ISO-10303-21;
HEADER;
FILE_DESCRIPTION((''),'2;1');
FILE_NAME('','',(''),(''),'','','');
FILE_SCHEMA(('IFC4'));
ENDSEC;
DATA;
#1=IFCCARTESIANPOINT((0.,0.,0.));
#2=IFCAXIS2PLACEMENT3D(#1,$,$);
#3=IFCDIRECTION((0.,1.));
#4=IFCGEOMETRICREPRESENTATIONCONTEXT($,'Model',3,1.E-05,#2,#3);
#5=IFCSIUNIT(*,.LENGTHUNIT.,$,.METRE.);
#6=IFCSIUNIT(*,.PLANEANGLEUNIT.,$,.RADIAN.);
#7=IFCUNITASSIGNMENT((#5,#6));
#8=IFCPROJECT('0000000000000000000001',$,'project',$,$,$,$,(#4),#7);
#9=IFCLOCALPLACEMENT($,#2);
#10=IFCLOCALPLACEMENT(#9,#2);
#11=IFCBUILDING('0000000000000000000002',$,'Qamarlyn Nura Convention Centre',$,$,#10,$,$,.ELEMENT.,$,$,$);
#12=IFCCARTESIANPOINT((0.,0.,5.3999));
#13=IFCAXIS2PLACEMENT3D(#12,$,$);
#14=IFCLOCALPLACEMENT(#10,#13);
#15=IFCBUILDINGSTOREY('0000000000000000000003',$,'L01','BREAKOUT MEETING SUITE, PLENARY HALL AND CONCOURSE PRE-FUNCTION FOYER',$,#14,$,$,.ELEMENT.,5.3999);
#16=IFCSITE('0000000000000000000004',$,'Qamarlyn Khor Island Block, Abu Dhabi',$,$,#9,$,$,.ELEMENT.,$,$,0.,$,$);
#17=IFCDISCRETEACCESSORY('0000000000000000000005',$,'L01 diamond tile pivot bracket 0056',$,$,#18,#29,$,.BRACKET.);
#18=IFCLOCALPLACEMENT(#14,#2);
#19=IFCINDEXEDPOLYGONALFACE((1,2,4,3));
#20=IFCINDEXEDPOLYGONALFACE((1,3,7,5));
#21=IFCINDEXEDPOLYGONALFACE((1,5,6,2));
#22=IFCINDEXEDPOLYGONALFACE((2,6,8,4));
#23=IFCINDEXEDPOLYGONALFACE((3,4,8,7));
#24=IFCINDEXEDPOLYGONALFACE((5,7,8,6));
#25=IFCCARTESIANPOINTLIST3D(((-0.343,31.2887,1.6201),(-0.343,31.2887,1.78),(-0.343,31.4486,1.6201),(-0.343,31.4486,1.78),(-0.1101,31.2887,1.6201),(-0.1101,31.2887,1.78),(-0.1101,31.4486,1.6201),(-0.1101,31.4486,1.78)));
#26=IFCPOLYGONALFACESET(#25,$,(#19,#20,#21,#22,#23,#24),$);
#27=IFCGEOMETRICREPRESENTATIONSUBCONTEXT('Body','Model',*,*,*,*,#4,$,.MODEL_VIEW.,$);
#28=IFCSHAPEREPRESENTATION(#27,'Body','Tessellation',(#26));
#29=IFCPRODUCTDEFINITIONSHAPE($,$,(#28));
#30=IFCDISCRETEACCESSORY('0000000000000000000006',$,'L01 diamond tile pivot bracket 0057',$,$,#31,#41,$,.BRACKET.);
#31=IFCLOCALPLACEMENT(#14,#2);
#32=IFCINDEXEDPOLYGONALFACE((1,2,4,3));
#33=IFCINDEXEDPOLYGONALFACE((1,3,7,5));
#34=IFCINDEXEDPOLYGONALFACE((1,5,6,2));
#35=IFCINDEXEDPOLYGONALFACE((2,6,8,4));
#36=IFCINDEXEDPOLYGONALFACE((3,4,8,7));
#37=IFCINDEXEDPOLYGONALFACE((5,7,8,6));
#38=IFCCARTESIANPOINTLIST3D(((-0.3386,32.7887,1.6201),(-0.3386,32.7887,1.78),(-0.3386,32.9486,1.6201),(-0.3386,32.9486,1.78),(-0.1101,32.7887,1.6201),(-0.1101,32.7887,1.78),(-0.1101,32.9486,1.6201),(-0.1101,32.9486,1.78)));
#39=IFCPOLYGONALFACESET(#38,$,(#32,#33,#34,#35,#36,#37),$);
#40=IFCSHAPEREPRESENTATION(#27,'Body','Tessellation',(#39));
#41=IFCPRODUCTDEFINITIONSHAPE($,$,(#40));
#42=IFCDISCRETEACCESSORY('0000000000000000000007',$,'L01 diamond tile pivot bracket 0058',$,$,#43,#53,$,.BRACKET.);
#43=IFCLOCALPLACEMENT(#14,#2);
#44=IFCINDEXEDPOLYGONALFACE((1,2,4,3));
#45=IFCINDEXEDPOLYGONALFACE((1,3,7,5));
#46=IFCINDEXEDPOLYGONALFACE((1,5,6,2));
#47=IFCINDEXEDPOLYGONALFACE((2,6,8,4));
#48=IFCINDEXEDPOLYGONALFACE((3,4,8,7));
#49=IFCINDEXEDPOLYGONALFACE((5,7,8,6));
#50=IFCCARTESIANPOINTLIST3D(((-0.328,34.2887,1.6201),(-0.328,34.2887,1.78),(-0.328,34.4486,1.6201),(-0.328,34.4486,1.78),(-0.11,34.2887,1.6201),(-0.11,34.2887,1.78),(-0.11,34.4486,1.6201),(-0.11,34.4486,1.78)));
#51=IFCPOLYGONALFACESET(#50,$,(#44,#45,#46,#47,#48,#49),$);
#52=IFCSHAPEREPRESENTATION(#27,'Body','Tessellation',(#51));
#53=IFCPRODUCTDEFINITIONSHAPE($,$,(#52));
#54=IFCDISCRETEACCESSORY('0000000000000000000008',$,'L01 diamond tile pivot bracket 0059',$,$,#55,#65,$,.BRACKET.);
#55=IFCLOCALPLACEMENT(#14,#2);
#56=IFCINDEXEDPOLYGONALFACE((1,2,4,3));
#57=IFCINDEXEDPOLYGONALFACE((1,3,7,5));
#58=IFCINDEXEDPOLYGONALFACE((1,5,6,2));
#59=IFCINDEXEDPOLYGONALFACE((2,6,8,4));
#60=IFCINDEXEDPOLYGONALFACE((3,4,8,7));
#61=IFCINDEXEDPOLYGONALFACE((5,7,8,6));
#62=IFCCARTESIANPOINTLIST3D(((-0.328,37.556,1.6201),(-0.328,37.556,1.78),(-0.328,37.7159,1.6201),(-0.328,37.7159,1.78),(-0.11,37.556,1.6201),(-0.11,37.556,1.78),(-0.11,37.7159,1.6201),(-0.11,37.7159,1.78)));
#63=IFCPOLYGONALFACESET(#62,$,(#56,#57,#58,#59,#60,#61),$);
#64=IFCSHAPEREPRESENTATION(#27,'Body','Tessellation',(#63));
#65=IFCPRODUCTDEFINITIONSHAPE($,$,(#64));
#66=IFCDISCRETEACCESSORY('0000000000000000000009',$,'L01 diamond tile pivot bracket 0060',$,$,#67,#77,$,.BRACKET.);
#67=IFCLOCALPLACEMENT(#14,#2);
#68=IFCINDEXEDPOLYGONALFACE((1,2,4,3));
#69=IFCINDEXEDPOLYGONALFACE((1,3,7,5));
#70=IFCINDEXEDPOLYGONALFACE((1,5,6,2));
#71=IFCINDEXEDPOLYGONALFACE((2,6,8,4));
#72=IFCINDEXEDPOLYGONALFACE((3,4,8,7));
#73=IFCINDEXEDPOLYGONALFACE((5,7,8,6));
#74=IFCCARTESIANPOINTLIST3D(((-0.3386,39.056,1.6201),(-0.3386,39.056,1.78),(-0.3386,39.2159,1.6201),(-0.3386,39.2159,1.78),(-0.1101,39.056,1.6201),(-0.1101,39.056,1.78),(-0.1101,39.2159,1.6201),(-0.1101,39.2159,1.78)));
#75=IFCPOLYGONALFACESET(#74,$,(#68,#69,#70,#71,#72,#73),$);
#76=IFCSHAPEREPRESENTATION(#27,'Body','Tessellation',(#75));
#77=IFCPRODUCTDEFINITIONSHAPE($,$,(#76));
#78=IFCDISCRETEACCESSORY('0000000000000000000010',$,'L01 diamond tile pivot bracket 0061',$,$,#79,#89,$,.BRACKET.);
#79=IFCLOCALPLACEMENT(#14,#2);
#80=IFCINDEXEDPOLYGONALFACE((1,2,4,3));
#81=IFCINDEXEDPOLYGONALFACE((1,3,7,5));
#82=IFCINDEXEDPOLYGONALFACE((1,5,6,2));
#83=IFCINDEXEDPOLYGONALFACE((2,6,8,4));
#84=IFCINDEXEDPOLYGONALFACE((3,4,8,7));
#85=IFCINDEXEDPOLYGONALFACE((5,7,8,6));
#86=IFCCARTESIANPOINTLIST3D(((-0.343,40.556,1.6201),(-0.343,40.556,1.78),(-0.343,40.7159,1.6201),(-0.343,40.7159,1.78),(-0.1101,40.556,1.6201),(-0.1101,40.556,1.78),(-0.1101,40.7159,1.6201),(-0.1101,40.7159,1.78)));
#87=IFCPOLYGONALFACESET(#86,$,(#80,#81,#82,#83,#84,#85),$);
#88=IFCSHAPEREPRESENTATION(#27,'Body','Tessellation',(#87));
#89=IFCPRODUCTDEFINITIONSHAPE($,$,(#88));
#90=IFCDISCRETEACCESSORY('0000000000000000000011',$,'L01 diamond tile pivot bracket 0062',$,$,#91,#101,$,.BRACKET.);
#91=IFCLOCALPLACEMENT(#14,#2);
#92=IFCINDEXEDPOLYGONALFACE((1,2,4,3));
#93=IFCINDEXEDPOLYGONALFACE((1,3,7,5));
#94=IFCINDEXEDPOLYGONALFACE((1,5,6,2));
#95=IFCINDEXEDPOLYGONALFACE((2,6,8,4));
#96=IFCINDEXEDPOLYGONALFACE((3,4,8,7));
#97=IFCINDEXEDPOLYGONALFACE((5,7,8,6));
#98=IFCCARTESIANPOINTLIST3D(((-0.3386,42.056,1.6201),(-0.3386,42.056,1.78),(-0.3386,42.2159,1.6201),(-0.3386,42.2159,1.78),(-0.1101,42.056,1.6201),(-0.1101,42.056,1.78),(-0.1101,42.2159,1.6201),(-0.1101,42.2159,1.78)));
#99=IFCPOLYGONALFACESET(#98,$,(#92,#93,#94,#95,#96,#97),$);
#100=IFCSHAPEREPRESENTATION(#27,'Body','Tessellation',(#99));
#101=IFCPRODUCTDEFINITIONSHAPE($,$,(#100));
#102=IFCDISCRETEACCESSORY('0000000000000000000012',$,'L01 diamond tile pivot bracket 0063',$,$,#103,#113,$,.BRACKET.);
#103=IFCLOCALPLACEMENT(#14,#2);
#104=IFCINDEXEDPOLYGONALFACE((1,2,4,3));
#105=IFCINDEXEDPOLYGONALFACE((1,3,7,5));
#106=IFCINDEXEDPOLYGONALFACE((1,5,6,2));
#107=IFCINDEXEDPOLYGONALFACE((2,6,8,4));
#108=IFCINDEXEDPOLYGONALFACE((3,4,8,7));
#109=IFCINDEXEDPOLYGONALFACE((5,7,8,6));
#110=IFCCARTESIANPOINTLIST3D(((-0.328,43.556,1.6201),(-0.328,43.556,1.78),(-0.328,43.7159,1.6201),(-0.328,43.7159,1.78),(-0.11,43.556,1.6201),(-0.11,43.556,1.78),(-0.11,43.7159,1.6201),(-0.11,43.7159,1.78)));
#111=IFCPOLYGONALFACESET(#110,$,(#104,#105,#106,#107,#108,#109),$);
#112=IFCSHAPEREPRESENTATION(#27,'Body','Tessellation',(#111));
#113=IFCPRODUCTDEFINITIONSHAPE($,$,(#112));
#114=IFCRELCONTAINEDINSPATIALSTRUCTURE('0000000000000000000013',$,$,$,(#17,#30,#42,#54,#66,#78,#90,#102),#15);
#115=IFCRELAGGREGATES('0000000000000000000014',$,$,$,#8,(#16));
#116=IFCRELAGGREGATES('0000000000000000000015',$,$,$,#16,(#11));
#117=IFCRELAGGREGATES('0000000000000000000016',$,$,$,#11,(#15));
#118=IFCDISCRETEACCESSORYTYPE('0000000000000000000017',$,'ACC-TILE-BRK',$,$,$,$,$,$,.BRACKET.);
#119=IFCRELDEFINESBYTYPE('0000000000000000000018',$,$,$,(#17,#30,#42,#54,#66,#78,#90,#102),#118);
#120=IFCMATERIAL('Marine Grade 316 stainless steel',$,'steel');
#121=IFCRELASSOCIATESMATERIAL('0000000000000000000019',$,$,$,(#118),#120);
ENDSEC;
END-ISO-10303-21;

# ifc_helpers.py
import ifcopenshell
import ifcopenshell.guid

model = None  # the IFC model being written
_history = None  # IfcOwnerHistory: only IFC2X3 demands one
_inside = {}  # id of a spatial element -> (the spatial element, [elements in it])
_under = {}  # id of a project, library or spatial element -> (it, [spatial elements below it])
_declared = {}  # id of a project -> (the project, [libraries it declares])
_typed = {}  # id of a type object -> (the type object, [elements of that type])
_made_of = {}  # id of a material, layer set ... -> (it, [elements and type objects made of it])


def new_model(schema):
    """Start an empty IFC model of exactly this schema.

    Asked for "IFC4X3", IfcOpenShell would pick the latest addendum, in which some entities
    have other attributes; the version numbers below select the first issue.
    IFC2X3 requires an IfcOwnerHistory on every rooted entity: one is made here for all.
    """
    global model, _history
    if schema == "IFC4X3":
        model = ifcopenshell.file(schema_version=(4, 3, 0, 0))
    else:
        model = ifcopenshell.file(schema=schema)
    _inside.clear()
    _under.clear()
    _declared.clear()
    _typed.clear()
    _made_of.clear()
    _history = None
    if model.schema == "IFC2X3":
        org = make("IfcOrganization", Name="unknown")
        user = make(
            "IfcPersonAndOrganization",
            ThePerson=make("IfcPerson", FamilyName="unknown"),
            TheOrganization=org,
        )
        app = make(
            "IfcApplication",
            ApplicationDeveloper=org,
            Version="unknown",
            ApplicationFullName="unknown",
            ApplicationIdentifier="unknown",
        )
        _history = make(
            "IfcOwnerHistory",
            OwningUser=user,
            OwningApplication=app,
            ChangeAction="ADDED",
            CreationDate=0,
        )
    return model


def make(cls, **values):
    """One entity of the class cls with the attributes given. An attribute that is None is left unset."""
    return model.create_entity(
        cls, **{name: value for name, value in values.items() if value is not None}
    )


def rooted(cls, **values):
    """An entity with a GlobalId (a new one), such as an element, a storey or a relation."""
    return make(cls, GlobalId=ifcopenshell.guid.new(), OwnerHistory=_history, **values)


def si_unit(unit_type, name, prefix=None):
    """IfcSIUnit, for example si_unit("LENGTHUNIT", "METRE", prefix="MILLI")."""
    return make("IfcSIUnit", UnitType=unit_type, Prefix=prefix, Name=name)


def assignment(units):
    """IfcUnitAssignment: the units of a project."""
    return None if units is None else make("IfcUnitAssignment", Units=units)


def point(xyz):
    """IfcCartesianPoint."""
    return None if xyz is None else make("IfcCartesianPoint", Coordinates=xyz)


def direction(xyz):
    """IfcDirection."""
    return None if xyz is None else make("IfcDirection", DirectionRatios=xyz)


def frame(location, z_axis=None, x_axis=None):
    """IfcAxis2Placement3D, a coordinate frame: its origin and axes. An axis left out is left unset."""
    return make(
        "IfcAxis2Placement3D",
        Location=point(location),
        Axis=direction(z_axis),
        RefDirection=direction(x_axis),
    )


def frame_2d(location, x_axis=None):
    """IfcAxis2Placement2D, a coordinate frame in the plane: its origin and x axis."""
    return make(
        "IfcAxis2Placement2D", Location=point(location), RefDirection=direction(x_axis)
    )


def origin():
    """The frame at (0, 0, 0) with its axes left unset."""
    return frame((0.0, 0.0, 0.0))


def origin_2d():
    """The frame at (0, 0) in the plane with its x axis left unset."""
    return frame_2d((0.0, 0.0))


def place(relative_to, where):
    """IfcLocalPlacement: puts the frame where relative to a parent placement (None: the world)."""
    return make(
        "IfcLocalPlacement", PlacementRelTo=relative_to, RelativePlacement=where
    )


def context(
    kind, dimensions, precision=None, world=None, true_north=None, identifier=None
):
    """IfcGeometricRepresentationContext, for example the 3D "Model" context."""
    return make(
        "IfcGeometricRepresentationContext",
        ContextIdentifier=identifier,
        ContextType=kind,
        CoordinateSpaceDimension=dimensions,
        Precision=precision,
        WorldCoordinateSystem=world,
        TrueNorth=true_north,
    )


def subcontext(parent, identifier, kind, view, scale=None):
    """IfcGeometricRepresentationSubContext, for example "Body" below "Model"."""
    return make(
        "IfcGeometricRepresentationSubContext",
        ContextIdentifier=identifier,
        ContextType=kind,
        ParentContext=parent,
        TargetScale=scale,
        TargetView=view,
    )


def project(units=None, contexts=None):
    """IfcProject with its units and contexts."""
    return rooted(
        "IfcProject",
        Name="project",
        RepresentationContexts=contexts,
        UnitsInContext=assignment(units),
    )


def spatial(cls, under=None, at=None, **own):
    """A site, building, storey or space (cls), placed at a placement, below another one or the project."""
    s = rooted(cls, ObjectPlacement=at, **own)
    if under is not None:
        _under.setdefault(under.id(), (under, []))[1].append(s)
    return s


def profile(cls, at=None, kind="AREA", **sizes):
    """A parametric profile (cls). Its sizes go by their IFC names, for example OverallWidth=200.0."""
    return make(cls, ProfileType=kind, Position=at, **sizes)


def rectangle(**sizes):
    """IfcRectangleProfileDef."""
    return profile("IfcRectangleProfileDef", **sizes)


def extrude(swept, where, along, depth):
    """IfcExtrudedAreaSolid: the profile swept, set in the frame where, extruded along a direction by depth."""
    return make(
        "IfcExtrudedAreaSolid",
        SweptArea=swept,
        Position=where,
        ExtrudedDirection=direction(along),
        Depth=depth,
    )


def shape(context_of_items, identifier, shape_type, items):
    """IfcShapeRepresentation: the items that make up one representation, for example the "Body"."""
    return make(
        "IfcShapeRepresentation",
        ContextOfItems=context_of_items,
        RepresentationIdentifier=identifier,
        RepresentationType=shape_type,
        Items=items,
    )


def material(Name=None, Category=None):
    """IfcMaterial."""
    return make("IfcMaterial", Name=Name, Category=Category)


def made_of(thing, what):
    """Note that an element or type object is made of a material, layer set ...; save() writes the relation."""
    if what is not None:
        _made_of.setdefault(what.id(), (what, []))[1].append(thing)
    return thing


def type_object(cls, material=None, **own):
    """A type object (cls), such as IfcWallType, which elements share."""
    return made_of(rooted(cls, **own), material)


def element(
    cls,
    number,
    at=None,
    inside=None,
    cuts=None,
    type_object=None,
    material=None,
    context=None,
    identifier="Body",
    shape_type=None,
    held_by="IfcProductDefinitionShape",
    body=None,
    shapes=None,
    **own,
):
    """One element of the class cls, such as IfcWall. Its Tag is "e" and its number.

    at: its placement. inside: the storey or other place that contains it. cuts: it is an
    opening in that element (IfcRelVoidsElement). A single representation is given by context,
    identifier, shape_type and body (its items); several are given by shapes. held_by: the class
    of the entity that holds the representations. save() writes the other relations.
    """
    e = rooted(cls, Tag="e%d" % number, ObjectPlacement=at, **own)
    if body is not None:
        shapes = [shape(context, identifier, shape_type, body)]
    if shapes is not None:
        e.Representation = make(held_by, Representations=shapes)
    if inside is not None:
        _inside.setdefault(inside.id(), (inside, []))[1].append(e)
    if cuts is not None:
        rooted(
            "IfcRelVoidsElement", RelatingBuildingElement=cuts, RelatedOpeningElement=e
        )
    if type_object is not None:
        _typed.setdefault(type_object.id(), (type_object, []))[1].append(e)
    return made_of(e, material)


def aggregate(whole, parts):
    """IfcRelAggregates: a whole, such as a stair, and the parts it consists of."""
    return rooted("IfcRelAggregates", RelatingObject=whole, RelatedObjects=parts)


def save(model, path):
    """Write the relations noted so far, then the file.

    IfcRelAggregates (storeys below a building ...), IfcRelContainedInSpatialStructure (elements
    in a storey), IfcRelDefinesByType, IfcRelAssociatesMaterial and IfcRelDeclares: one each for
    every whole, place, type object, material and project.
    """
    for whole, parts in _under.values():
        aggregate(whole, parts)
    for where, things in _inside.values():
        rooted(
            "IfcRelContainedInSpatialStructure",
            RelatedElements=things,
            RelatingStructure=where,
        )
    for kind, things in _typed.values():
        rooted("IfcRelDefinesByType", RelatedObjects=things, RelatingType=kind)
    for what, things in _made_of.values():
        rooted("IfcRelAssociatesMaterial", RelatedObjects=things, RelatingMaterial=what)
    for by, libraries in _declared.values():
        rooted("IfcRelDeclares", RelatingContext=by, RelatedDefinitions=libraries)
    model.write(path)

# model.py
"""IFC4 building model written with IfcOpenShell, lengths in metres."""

from ifc_helpers import new_model, si_unit, direction, frame, origin, origin_2d, place, context, subcontext, project, spatial, rectangle, extrude, material, type_object, element, save


model = new_model("IFC4")

# Units and contexts
model_context = context("Model", 3, precision=1e-05, world=origin(), true_north=direction((0.0, 1.0)))
body_context = subcontext(model_context, "Body", "Model", "MODEL_VIEW")
ifc_project = project(units=[si_unit("LENGTHUNIT", "METRE"), si_unit("PLANEANGLEUNIT", "RADIAN")], contexts=[model_context])

# Site, building, storey
site_placement = place(None, origin())
site = spatial("IfcSite", under=ifc_project, at=site_placement, Name="Qamarlyn Khor Island Block, Abu Dhabi", CompositionType="ELEMENT", RefElevation=0.0)
building_placement = place(site_placement, origin())
building = spatial("IfcBuilding", under=site, at=building_placement, Name="Qamarlyn Nura Convention Centre", CompositionType="ELEMENT")
storey_placement = place(building_placement, frame((0.0, 0.0, 5.3999)))
storey = spatial("IfcBuildingStorey", under=building, at=storey_placement, Name="L01", Description="BREAKOUT MEETING SUITE, PLENARY HALL AND CONCOURSE PRE-FUNCTION FOYER", CompositionType="ELEMENT", Elevation=5.3999)

# Discrete accessories
ifc_material_1 = material(Name="Marine Grade 316 stainless steel", Category="steel")
discrete_accessory_type_1 = type_object("IfcDiscreteAccessoryType", Name="ACC-TILE-BRK", PredefinedType="BRACKET", material=ifc_material_1)
discrete_accessory_1_placement = place(storey_placement, frame((-0.2266, 31.3687, 1.6201), z_axis=(0.0, 0.0, 1.0), x_axis=(-1.0, 0.0, 0.0)))
element("IfcDiscreteAccessory", 1, at=discrete_accessory_1_placement, inside=storey, type_object=discrete_accessory_type_1, Name="L01 diamond tile pivot bracket 0056", PredefinedType="BRACKET", context=body_context, shape_type="SweptSolid", body=[
    extrude(rectangle(XDim=0.2329, YDim=0.1599, at=origin_2d()), origin(), (0.0, 0.0, 1.0), 0.1599),
])
discrete_accessory_2_placement = place(storey_placement, frame((-0.2244, 32.8687, 1.6201), z_axis=(0.0, 0.0, 1.0), x_axis=(-1.0, 0.0, 0.0)))
element("IfcDiscreteAccessory", 2, at=discrete_accessory_2_placement, inside=storey, type_object=discrete_accessory_type_1, Name="L01 diamond tile pivot bracket 0057", PredefinedType="BRACKET", context=body_context, shape_type="SweptSolid", body=[
    extrude(rectangle(XDim=0.2285, YDim=0.1599, at=origin_2d()), origin(), (0.0, 0.0, 1.0), 0.1599),
])
for number, where, z_axis, x_axis, name in (
    (3, (-0.219, 34.3687, 1.6201), (0.0, 0.0, 1.0), (-1.0, 0.0, 0.0), "L01 diamond tile pivot bracket 0058"),
    (4, (-0.219, 37.636, 1.6201), (0.0, 0.0, 1.0), (-1.0, 0.0, 0.0), "L01 diamond tile pivot bracket 0059"),
):
    element("IfcDiscreteAccessory", number, at=place(storey_placement, frame(where, z_axis=z_axis, x_axis=x_axis)), inside=storey, type_object=discrete_accessory_type_1, Name=name, PredefinedType="BRACKET", context=body_context, shape_type="SweptSolid", body=[
        extrude(rectangle(XDim=0.218, YDim=0.1599, at=origin_2d()), origin(), (0.0, 0.0, 1.0), 0.1599),
    ])
discrete_accessory_3_placement = place(storey_placement, frame((-0.2244, 39.136, 1.6201), z_axis=(0.0, 0.0, 1.0), x_axis=(-1.0, 0.0, 0.0)))
element("IfcDiscreteAccessory", 5, at=discrete_accessory_3_placement, inside=storey, type_object=discrete_accessory_type_1, Name="L01 diamond tile pivot bracket 0060", PredefinedType="BRACKET", context=body_context, shape_type="SweptSolid", body=[
    extrude(rectangle(XDim=0.2285, YDim=0.1599, at=origin_2d()), origin(), (0.0, 0.0, 1.0), 0.1599),
])
discrete_accessory_4_placement = place(storey_placement, frame((-0.2266, 40.636, 1.6201), z_axis=(0.0, 0.0, 1.0), x_axis=(-1.0, 0.0, 0.0)))
element("IfcDiscreteAccessory", 6, at=discrete_accessory_4_placement, inside=storey, type_object=discrete_accessory_type_1, Name="L01 diamond tile pivot bracket 0061", PredefinedType="BRACKET", context=body_context, shape_type="SweptSolid", body=[
    extrude(rectangle(XDim=0.2329, YDim=0.1599, at=origin_2d()), origin(), (0.0, 0.0, 1.0), 0.1599),
])
discrete_accessory_5_placement = place(storey_placement, frame((-0.2244, 42.136, 1.6201), z_axis=(0.0, 0.0, 1.0), x_axis=(-1.0, 0.0, 0.0)))
element("IfcDiscreteAccessory", 7, at=discrete_accessory_5_placement, inside=storey, type_object=discrete_accessory_type_1, Name="L01 diamond tile pivot bracket 0062", PredefinedType="BRACKET", context=body_context, shape_type="SweptSolid", body=[
    extrude(rectangle(XDim=0.2285, YDim=0.1599, at=origin_2d()), origin(), (0.0, 0.0, 1.0), 0.1599),
])
discrete_accessory_6_placement = place(storey_placement, frame((-0.219, 43.636, 1.6201), z_axis=(0.0, 0.0, 1.0), x_axis=(-1.0, 0.0, 0.0)))
element("IfcDiscreteAccessory", 8, at=discrete_accessory_6_placement, inside=storey, type_object=discrete_accessory_type_1, Name="L01 diamond tile pivot bracket 0063", PredefinedType="BRACKET", context=body_context, shape_type="SweptSolid", body=[
    extrude(rectangle(XDim=0.218, YDim=0.1599, at=origin_2d()), origin(), (0.0, 0.0, 1.0), 0.1599),
])

save(model, "model.ifc")
